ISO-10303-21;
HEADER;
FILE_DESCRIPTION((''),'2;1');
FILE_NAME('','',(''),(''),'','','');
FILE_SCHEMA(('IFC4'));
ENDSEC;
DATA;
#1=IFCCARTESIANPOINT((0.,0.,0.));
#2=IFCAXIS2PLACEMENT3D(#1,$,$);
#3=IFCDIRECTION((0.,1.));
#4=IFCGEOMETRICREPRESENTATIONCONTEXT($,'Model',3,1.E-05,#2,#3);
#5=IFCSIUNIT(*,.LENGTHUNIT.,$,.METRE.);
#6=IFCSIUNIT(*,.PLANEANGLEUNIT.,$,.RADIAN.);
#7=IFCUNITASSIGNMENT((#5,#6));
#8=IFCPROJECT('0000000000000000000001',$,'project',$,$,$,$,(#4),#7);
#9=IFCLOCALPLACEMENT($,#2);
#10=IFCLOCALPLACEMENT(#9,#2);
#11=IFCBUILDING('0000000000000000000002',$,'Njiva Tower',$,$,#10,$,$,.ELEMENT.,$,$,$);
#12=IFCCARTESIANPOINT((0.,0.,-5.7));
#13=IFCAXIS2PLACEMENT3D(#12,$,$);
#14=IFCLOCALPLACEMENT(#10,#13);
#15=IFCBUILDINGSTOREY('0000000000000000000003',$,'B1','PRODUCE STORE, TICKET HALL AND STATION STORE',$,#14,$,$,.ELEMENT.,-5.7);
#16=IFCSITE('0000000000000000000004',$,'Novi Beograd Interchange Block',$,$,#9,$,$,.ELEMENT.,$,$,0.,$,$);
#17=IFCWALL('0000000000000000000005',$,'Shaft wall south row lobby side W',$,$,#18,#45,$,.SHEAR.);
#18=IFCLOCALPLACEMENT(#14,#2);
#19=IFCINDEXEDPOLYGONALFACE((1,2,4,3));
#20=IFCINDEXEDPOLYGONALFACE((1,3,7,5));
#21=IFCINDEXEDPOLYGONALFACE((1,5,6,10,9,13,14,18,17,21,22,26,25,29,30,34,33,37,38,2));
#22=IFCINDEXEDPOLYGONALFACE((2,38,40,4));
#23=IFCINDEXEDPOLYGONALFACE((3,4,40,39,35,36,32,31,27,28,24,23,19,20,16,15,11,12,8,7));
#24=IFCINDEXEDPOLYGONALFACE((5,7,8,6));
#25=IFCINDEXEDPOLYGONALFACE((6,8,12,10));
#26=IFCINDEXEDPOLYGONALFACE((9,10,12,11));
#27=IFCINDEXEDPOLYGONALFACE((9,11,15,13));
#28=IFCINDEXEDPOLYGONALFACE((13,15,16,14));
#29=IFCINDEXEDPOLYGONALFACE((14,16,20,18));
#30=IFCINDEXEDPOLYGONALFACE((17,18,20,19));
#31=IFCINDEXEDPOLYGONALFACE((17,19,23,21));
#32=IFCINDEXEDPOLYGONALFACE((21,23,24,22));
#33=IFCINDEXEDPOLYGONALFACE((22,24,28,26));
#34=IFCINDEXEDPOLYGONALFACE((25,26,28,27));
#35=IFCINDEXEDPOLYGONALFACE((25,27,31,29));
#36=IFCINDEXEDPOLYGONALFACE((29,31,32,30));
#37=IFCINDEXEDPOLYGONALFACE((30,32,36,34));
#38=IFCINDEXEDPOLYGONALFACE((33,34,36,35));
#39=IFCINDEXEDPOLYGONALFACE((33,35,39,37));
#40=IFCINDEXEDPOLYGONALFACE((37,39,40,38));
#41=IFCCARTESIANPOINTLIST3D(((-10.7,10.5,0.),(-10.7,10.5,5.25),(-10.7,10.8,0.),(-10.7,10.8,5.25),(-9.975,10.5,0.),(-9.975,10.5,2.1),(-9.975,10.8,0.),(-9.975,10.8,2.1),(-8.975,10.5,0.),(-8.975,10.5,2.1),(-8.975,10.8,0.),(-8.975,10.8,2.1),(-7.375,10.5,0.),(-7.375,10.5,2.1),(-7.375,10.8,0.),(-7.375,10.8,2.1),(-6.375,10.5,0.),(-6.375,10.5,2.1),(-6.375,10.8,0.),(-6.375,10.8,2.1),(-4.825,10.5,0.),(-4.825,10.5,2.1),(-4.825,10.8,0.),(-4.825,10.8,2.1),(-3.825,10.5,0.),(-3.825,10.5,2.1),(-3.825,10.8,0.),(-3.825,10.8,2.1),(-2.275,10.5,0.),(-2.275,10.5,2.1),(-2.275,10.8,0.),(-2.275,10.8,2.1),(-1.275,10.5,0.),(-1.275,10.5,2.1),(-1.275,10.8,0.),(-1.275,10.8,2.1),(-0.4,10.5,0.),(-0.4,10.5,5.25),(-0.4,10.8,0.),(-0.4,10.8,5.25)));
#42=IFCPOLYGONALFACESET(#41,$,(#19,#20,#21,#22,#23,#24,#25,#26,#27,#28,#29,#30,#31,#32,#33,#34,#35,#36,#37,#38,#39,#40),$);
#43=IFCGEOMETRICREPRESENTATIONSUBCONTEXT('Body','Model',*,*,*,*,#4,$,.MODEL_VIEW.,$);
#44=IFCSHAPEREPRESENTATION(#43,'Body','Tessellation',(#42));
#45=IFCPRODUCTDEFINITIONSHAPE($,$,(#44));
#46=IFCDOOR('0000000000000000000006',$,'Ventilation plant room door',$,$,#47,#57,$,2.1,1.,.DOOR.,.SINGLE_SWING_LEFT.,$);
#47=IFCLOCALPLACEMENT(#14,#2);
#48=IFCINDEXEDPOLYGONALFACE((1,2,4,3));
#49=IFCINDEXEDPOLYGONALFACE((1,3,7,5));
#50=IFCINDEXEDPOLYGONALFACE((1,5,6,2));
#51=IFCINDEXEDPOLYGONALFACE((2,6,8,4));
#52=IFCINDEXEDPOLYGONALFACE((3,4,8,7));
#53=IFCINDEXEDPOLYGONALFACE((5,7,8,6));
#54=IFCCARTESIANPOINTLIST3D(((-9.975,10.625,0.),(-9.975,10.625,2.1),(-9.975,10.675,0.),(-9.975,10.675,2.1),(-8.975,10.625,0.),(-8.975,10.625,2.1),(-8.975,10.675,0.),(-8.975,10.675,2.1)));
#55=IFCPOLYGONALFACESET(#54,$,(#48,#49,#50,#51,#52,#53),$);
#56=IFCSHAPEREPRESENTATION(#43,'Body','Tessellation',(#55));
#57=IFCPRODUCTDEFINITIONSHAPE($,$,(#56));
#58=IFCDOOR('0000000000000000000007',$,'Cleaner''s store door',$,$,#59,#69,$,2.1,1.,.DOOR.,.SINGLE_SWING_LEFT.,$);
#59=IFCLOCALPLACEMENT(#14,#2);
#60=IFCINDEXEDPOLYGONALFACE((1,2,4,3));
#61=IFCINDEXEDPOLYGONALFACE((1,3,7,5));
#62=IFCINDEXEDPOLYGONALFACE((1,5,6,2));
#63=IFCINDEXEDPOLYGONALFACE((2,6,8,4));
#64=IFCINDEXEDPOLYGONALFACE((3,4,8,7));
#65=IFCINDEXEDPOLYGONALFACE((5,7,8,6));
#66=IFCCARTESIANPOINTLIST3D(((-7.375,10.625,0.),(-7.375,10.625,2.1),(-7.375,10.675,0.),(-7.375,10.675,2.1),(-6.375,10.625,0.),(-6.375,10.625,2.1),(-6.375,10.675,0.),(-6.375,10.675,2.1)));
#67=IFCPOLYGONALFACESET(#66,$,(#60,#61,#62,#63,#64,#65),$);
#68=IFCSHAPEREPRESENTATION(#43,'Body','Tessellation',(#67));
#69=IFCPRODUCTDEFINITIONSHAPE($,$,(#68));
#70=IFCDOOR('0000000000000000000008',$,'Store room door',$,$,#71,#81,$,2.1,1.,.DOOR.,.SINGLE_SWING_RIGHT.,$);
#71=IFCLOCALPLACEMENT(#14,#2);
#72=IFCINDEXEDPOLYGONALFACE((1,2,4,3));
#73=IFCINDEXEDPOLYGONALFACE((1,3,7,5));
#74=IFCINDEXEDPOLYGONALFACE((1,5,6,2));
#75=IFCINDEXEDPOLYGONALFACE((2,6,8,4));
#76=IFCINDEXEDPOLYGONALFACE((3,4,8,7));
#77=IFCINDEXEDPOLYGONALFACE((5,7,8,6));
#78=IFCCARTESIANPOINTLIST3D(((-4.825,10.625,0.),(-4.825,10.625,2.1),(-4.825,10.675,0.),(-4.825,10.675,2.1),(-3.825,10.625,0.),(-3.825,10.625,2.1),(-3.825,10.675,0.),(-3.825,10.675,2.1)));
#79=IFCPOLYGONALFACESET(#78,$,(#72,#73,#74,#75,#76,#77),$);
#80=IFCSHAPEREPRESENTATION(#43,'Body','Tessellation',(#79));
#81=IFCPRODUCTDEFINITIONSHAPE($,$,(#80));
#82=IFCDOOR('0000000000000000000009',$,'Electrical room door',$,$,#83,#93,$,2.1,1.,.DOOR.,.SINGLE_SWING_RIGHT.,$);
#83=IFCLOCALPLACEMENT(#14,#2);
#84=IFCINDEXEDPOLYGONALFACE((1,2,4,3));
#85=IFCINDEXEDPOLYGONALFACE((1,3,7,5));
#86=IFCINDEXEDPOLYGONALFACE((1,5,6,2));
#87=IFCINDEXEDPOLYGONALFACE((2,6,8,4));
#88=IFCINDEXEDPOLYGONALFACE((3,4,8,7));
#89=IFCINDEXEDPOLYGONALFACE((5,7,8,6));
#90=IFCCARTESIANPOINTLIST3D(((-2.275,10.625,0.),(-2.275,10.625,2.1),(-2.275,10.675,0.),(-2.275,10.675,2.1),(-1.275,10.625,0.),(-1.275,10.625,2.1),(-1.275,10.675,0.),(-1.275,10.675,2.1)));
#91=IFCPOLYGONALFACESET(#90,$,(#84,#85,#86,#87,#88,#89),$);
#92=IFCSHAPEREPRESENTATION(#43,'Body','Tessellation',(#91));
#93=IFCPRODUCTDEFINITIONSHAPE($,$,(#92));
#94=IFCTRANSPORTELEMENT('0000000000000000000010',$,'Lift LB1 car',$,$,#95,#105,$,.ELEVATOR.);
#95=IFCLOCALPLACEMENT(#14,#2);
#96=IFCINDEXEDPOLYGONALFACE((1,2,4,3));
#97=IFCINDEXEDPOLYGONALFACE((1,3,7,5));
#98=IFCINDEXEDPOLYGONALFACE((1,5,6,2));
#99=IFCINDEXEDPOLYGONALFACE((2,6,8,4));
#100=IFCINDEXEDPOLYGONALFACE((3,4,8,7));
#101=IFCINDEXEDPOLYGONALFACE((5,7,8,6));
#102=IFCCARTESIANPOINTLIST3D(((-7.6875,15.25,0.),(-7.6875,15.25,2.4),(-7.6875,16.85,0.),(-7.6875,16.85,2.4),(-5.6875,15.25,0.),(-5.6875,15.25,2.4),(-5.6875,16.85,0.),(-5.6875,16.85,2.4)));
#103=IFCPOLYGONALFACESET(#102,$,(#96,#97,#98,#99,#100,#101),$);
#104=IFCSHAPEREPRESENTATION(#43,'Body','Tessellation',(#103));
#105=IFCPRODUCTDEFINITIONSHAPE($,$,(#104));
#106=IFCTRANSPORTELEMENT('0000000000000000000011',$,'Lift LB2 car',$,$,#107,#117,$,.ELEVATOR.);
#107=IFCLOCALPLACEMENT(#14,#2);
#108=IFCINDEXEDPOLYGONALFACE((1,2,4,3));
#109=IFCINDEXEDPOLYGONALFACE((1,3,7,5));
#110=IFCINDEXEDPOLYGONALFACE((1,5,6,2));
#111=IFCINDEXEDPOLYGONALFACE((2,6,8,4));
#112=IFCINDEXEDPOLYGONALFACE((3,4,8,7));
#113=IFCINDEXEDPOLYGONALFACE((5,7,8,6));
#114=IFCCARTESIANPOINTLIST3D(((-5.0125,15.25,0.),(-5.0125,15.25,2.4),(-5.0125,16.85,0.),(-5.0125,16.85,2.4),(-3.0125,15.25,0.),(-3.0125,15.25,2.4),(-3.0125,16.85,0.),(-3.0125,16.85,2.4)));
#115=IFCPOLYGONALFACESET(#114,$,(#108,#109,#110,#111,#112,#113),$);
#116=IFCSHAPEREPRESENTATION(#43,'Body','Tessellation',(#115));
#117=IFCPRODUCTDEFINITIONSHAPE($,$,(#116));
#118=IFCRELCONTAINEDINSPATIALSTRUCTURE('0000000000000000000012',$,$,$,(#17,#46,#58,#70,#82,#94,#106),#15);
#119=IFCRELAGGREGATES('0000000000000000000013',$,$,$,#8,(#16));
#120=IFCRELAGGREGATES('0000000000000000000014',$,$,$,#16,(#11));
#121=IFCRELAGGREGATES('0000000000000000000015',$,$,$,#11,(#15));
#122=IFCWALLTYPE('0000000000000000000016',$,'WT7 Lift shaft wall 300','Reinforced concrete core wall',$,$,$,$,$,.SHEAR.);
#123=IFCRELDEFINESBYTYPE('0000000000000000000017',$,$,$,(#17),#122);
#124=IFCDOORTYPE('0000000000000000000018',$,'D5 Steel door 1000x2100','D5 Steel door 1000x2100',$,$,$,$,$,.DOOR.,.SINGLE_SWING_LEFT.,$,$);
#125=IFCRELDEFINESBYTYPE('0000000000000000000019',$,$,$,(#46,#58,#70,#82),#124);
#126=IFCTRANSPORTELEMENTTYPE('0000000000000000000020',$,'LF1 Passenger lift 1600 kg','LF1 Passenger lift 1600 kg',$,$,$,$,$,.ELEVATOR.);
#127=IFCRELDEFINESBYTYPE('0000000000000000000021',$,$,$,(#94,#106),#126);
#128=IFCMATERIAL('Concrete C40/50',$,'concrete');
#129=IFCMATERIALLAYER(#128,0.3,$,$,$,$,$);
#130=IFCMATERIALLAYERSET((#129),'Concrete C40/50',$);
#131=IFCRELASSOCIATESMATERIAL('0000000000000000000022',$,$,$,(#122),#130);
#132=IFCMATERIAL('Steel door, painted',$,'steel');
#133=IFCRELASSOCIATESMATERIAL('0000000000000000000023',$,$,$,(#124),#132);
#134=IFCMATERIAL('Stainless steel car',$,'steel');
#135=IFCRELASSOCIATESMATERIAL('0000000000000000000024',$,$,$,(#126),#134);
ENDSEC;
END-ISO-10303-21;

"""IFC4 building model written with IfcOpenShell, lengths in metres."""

from ifc_helpers import new_model, si_unit, direction, frame, frame_2d, origin, origin_2d, place, context, subcontext, project, spatial, rectangle, extrude, material, layer, layer_set, type_object, element, fill, save


model = new_model("IFC4")

# Units and contexts
model_context = context("Model", 3, precision=1e-05, world=origin(), true_north=direction((0.0, 1.0)))
body_context = subcontext(model_context, "Body", "Model", "MODEL_VIEW")
ifc_project = project(units=[si_unit("LENGTHUNIT", "METRE"), si_unit("PLANEANGLEUNIT", "RADIAN")], contexts=[model_context])

# Site, building, storey
site_placement = place(None, origin())
site = spatial("IfcSite", under=ifc_project, at=site_placement, Name="Novi Beograd Interchange Block", CompositionType="ELEMENT", RefElevation=0.0)
building_placement = place(site_placement, origin())
building = spatial("IfcBuilding", under=site, at=building_placement, Name="Njiva Tower", CompositionType="ELEMENT")
storey_placement = place(building_placement, frame((0.0, 0.0, -5.7)))
storey = spatial("IfcBuildingStorey", under=building, at=storey_placement, Name="B1", Description="PRODUCE STORE, TICKET HALL AND STATION STORE", CompositionType="ELEMENT", Elevation=-5.7)

# Shared definitions
ifc_material_1 = material(Name="Concrete C40/50", Category="concrete")

# Wall, openings, doors
ifc_layer_1 = layer(ifc_material_1, 0.3)
ifc_layer_set_1 = layer_set([ifc_layer_1], Name="Concrete C40/50")
wall_type_1 = type_object("IfcWallType", Name="WT7 Lift shaft wall 300", Description="Reinforced concrete core wall", PredefinedType="SHEAR", material=ifc_layer_set_1)
ifc_material_2 = material(Name="Steel door, painted", Category="steel")
door_type_1 = type_object("IfcDoorType", Name="D5 Steel door 1000x2100", Description="D5 Steel door 1000x2100", OperationType="SINGLE_SWING_LEFT", PredefinedType="DOOR", material=ifc_material_2)
wall_1_placement = place(storey_placement, frame((-10.7, 10.65, 0.0), z_axis=(0.0, 0.0, 1.0), x_axis=(1.0, 0.0, 0.0)))
wall_1 = element("IfcWall", 1, at=wall_1_placement, inside=storey, type_object=wall_type_1, Name="Shaft wall south row lobby side W", PredefinedType="SHEAR", context=body_context, shape_type="SweptSolid", body=[
    extrude(rectangle(XDim=10.3, YDim=0.3, at=frame_2d((5.15, 0.0))), origin(), (0.0, 0.0, 1.0), 5.25),
])
opening_1_placement = place(wall_1_placement, frame((0.725, 0.0, 0.0)))
opening_1 = element("IfcOpeningElement", 2, at=opening_1_placement, cuts=wall_1, PredefinedType="OPENING", context=body_context, shape_type="SweptSolid", body=[
    extrude(rectangle(XDim=1.0, YDim=2.1, at=frame_2d((0.5, 1.05))), frame((0.0, 0.16, 0.0), z_axis=(0.0, -1.0, 0.0), x_axis=(1.0, 0.0, 0.0)), (0.0, 0.0, 1.0), 0.32),
])
opening_2_placement = place(wall_1_placement, frame((3.325, 0.0, 0.0)))
opening_2 = element("IfcOpeningElement", 3, at=opening_2_placement, cuts=wall_1, PredefinedType="OPENING", context=body_context, shape_type="SweptSolid", body=[
    extrude(rectangle(XDim=1.0, YDim=2.1, at=frame_2d((0.5, 1.05))), frame((0.0, 0.16, 0.0), z_axis=(0.0, -1.0, 0.0), x_axis=(1.0, 0.0, 0.0)), (0.0, 0.0, 1.0), 0.32),
])
opening_3_placement = place(wall_1_placement, frame((5.875, 0.0, 0.0)))
opening_3 = element("IfcOpeningElement", 4, at=opening_3_placement, cuts=wall_1, PredefinedType="OPENING", context=body_context, shape_type="SweptSolid", body=[
    extrude(rectangle(XDim=1.0, YDim=2.1, at=frame_2d((0.5, 1.05))), frame((0.0, 0.16, 0.0), z_axis=(0.0, -1.0, 0.0), x_axis=(1.0, 0.0, 0.0)), (0.0, 0.0, 1.0), 0.32),
])
opening_4_placement = place(wall_1_placement, frame((8.425, 0.0, 0.0)))
opening_4 = element("IfcOpeningElement", 5, at=opening_4_placement, cuts=wall_1, PredefinedType="OPENING", context=body_context, shape_type="SweptSolid", body=[
    extrude(rectangle(XDim=1.0, YDim=2.1, at=frame_2d((0.5, 1.05))), frame((0.0, 0.16, 0.0), z_axis=(0.0, -1.0, 0.0), x_axis=(1.0, 0.0, 0.0)), (0.0, 0.0, 1.0), 0.32),
])
door_1_placement = place(opening_1_placement, origin())
door_1 = element("IfcDoor", 6, at=door_1_placement, inside=storey, type_object=door_type_1, Name="Ventilation plant room door", OperationType="SINGLE_SWING_LEFT", OverallHeight=2.1, OverallWidth=1.0, PredefinedType="DOOR", context=body_context, shape_type="SweptSolid", body=[
    extrude(rectangle(XDim=1.0, YDim=2.1, at=frame_2d((0.5, 1.05))), frame((0.0, 0.025, 0.0), z_axis=(0.0, -1.0, 0.0), x_axis=(1.0, 0.0, 0.0)), (0.0, 0.0, 1.0), 0.05),
])
fill(opening_1, door_1)
door_2_placement = place(opening_2_placement, origin())
door_2 = element("IfcDoor", 7, at=door_2_placement, inside=storey, type_object=door_type_1, Name="Cleaner's store door", OperationType="SINGLE_SWING_LEFT", OverallHeight=2.1, OverallWidth=1.0, PredefinedType="DOOR", context=body_context, shape_type="SweptSolid", body=[
    extrude(rectangle(XDim=1.0, YDim=2.1, at=frame_2d((0.5, 1.05))), frame((0.0, 0.025, 0.0), z_axis=(0.0, -1.0, 0.0), x_axis=(1.0, 0.0, 0.0)), (0.0, 0.0, 1.0), 0.05),
])
fill(opening_2, door_2)
door_3_placement = place(opening_3_placement, origin())
door_3 = element("IfcDoor", 8, at=door_3_placement, inside=storey, type_object=door_type_1, Name="Store room door", OperationType="SINGLE_SWING_RIGHT", OverallHeight=2.1, OverallWidth=1.0, PredefinedType="DOOR", context=body_context, shape_type="SweptSolid", body=[
    extrude(rectangle(XDim=1.0, YDim=2.1, at=frame_2d((0.5, 1.05))), frame((0.0, 0.025, 0.0), z_axis=(0.0, -1.0, 0.0), x_axis=(1.0, 0.0, 0.0)), (0.0, 0.0, 1.0), 0.05),
])
fill(opening_3, door_3)
door_4_placement = place(opening_4_placement, origin())
door_4 = element("IfcDoor", 9, at=door_4_placement, inside=storey, type_object=door_type_1, Name="Electrical room door", OperationType="SINGLE_SWING_RIGHT", OverallHeight=2.1, OverallWidth=1.0, PredefinedType="DOOR", context=body_context, shape_type="SweptSolid", body=[
    extrude(rectangle(XDim=1.0, YDim=2.1, at=frame_2d((0.5, 1.05))), frame((0.0, 0.025, 0.0), z_axis=(0.0, -1.0, 0.0), x_axis=(1.0, 0.0, 0.0)), (0.0, 0.0, 1.0), 0.05),
])
fill(opening_4, door_4)

# Transport elements
ifc_material_3 = material(Name="Stainless steel car", Category="steel")
transport_element_type = type_object("IfcTransportElementType", Name="LF1 Passenger lift 1600 kg", Description="LF1 Passenger lift 1600 kg", PredefinedType="ELEVATOR", material=ifc_material_3)
for number, where, z_axis, x_axis, name in (
    (10, (-6.6875, 16.05, 0.0), (0.0, 0.0, 1.0), (1.0, 0.0, 0.0), "Lift LB1 car"),
    (11, (-4.0125, 16.05, 0.0), (0.0, 0.0, 1.0), (1.0, 0.0, 0.0), "Lift LB2 car"),
):
    element("IfcTransportElement", number, at=place(storey_placement, frame(where, z_axis=z_axis, x_axis=x_axis)), inside=storey, type_object=transport_element_type, Name=name, PredefinedType="ELEVATOR", context=body_context, shape_type="SweptSolid", body=[
        extrude(rectangle(XDim=2.0, YDim=1.6, at=origin_2d()), origin(), (0.0, 0.0, 1.0), 2.4),
    ])

save(model, "model.ifc")
